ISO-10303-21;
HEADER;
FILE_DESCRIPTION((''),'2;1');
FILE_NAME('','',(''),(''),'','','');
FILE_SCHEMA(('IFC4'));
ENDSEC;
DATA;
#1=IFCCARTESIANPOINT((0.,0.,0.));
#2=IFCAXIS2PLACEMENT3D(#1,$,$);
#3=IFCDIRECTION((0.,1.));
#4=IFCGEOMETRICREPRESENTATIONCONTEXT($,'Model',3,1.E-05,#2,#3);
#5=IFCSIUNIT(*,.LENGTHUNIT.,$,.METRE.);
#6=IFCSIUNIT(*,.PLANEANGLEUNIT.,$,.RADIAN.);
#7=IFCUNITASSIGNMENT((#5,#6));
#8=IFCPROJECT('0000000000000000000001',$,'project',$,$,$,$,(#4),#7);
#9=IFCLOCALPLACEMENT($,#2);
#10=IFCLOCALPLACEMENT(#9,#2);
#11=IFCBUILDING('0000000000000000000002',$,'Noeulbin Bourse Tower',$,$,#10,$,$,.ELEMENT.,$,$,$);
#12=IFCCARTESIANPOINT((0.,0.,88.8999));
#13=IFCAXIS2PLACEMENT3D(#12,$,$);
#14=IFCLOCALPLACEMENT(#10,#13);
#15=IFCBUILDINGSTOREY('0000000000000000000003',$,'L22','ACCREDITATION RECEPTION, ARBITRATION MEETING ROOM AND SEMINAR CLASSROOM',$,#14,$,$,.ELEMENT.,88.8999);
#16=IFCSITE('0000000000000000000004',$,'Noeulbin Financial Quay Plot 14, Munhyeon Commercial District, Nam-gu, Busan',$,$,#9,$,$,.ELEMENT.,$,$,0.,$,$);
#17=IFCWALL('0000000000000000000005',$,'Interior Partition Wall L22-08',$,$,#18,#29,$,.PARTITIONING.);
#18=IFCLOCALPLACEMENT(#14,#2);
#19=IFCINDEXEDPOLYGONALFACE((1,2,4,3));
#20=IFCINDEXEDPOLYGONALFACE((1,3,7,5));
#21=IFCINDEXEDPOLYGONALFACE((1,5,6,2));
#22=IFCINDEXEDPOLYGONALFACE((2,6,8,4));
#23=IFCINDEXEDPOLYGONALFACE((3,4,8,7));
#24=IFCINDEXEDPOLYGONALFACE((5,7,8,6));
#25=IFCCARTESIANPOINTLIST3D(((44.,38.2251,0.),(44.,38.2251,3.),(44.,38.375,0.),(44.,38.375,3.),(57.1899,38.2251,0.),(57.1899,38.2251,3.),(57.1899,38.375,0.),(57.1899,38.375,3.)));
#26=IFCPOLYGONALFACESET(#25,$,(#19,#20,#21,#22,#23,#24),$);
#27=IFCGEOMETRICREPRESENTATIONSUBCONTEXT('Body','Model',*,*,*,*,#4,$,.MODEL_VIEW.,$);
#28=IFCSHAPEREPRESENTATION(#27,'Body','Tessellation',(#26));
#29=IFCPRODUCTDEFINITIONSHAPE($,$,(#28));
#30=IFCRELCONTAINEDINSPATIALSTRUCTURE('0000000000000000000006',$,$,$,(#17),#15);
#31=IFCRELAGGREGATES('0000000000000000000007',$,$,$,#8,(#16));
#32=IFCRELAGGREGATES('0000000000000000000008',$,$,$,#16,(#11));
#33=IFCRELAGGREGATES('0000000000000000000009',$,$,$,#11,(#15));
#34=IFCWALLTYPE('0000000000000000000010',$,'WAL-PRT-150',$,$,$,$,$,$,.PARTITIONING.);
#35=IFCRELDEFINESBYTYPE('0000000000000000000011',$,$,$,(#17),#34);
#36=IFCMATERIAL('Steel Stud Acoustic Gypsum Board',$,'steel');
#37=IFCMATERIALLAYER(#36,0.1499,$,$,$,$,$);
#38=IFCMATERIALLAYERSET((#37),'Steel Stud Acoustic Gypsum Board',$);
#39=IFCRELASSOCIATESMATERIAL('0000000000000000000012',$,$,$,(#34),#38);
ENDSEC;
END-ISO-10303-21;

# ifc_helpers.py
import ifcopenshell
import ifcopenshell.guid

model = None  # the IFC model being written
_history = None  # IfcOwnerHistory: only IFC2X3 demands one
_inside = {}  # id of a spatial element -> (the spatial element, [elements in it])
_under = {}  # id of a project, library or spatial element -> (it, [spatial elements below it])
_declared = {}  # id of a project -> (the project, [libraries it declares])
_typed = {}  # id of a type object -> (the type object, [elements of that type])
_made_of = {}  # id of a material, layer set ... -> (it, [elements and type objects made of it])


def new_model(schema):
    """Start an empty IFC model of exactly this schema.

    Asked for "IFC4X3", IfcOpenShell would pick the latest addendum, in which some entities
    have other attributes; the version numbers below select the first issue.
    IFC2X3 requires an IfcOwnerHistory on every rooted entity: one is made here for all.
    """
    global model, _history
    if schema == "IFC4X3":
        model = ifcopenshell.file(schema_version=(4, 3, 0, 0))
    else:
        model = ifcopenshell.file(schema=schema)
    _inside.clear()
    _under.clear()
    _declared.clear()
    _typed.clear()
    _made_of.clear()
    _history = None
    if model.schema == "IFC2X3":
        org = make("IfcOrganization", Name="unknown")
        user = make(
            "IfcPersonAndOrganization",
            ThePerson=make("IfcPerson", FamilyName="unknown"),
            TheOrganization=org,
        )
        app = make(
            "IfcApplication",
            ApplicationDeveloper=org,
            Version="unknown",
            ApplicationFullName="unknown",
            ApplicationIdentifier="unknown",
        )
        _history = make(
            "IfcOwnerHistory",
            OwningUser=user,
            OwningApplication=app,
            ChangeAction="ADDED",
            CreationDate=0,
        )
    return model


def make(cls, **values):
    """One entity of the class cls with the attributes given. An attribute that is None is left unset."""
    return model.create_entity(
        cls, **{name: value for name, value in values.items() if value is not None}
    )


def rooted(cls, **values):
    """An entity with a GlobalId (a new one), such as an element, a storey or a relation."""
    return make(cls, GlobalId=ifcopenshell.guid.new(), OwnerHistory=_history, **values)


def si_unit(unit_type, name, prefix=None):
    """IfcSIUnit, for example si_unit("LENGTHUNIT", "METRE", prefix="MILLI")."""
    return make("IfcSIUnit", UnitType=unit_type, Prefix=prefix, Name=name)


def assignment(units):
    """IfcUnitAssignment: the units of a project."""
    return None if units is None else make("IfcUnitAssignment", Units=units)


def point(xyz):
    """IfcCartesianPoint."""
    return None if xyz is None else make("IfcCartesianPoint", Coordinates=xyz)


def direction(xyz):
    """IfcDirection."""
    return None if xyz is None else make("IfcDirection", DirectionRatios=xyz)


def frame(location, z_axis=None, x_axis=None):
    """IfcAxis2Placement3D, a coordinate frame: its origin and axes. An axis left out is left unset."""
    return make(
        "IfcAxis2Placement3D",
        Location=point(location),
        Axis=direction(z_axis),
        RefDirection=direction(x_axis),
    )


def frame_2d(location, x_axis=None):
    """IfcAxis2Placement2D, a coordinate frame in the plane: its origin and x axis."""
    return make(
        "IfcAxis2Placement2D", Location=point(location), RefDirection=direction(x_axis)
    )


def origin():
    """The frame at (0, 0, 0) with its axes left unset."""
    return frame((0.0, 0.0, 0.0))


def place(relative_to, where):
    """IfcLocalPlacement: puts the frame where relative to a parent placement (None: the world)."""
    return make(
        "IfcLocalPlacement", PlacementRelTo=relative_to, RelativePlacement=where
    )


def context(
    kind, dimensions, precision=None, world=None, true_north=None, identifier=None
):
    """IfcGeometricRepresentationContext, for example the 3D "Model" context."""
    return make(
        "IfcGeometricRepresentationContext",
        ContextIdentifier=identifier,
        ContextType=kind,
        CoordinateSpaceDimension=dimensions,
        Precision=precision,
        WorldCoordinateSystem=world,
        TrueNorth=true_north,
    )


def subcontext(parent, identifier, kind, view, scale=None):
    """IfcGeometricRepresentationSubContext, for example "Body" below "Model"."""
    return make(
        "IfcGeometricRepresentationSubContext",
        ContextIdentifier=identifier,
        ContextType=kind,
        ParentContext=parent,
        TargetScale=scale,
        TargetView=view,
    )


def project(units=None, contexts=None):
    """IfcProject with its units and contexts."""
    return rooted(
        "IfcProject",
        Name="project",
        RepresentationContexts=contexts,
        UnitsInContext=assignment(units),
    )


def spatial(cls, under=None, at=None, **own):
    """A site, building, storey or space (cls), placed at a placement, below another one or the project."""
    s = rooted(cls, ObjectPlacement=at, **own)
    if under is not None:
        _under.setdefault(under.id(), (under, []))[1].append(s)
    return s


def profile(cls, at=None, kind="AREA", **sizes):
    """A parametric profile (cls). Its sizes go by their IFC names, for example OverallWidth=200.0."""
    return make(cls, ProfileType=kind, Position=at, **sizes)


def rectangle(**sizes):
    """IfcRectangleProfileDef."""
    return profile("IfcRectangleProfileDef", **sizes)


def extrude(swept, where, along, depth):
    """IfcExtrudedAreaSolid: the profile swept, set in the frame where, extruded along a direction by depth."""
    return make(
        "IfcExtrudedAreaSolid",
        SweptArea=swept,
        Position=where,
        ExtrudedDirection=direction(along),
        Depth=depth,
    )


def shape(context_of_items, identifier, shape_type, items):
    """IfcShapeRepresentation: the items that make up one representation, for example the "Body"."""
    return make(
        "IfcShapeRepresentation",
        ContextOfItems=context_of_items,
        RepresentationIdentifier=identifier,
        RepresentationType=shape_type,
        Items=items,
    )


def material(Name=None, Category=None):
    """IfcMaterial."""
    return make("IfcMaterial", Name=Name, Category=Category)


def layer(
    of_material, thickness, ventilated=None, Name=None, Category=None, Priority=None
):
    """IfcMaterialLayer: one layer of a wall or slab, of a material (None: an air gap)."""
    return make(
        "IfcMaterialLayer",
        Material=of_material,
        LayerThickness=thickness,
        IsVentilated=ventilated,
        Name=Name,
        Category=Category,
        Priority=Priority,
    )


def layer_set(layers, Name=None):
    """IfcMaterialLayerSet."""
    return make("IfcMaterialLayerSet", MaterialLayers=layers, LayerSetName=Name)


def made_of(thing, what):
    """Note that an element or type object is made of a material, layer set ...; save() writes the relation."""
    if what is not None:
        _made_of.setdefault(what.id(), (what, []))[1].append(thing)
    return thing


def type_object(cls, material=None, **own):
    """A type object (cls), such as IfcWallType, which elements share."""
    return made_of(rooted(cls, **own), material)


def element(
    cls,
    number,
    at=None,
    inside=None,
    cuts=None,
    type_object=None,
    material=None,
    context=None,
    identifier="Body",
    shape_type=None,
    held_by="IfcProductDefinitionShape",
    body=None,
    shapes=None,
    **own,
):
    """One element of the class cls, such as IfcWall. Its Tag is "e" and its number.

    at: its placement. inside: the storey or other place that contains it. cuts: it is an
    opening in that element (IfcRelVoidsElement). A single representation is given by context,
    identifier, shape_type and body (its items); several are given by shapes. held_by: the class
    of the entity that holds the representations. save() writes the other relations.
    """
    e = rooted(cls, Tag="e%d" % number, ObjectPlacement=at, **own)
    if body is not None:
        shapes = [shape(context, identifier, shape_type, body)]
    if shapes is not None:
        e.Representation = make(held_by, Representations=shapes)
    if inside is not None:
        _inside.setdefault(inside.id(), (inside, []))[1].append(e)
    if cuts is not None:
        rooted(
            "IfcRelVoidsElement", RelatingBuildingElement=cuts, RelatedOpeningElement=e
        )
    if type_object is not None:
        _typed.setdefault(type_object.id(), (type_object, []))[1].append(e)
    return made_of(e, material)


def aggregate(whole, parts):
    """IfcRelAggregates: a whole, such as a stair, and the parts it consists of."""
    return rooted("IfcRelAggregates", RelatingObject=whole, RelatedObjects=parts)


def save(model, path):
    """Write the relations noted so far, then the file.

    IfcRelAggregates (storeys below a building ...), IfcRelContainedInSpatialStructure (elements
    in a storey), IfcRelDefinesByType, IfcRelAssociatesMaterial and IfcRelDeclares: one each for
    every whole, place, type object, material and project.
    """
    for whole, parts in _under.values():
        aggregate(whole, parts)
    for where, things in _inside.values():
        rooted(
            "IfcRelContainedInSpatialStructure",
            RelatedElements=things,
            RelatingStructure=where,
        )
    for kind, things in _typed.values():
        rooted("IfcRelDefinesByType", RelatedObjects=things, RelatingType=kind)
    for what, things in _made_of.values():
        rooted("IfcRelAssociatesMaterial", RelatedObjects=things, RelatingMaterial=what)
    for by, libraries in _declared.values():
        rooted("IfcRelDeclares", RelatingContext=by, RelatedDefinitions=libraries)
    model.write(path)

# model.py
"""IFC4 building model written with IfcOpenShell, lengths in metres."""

from ifc_helpers import new_model, si_unit, direction, frame, frame_2d, origin, place, context, subcontext, project, spatial, rectangle, extrude, material, layer, layer_set, type_object, element, save


model = new_model("IFC4")

# Units and contexts
model_context = context("Model", 3, precision=1e-05, world=origin(), true_north=direction((0.0, 1.0)))
body_context = subcontext(model_context, "Body", "Model", "MODEL_VIEW")
ifc_project = project(units=[si_unit("LENGTHUNIT", "METRE"), si_unit("PLANEANGLEUNIT", "RADIAN")], contexts=[model_context])

# Site, building, storey
site_placement = place(None, origin())
site = spatial("IfcSite", under=ifc_project, at=site_placement, Name="Noeulbin Financial Quay Plot 14, Munhyeon Commercial District, Nam-gu, Busan", CompositionType="ELEMENT", RefElevation=0.0)
building_placement = place(site_placement, origin())
building = spatial("IfcBuilding", under=site, at=building_placement, Name="Noeulbin Bourse Tower", CompositionType="ELEMENT")
storey_placement = place(building_placement, frame((0.0, 0.0, 88.8999)))
storey = spatial("IfcBuildingStorey", under=building, at=storey_placement, Name="L22", Description="ACCREDITATION RECEPTION, ARBITRATION MEETING ROOM AND SEMINAR CLASSROOM", CompositionType="ELEMENT", Elevation=88.8999)

# Wall
ifc_material_1 = material(Name="Steel Stud Acoustic Gypsum Board", Category="steel")
ifc_layer_1 = layer(ifc_material_1, 0.1499)
ifc_layer_set_1 = layer_set([ifc_layer_1], Name="Steel Stud Acoustic Gypsum Board")
wall_type_1 = type_object("IfcWallType", Name="WAL-PRT-150", PredefinedType="PARTITIONING", material=ifc_layer_set_1)
wall_1_placement = place(storey_placement, frame((44.0, 38.3, 0.0), z_axis=(0.0, 0.0, 1.0), x_axis=(1.0, 0.0, 0.0)))
element("IfcWall", 1, at=wall_1_placement, inside=storey, type_object=wall_type_1, Name="Interior Partition Wall L22-08", PredefinedType="PARTITIONING", context=body_context, shape_type="SweptSolid", body=[
    extrude(rectangle(XDim=13.1899, YDim=0.1499, at=frame_2d((6.595, 0.0))), origin(), (0.0, 0.0, 1.0), 3.0),
])

save(model, "model.ifc")
